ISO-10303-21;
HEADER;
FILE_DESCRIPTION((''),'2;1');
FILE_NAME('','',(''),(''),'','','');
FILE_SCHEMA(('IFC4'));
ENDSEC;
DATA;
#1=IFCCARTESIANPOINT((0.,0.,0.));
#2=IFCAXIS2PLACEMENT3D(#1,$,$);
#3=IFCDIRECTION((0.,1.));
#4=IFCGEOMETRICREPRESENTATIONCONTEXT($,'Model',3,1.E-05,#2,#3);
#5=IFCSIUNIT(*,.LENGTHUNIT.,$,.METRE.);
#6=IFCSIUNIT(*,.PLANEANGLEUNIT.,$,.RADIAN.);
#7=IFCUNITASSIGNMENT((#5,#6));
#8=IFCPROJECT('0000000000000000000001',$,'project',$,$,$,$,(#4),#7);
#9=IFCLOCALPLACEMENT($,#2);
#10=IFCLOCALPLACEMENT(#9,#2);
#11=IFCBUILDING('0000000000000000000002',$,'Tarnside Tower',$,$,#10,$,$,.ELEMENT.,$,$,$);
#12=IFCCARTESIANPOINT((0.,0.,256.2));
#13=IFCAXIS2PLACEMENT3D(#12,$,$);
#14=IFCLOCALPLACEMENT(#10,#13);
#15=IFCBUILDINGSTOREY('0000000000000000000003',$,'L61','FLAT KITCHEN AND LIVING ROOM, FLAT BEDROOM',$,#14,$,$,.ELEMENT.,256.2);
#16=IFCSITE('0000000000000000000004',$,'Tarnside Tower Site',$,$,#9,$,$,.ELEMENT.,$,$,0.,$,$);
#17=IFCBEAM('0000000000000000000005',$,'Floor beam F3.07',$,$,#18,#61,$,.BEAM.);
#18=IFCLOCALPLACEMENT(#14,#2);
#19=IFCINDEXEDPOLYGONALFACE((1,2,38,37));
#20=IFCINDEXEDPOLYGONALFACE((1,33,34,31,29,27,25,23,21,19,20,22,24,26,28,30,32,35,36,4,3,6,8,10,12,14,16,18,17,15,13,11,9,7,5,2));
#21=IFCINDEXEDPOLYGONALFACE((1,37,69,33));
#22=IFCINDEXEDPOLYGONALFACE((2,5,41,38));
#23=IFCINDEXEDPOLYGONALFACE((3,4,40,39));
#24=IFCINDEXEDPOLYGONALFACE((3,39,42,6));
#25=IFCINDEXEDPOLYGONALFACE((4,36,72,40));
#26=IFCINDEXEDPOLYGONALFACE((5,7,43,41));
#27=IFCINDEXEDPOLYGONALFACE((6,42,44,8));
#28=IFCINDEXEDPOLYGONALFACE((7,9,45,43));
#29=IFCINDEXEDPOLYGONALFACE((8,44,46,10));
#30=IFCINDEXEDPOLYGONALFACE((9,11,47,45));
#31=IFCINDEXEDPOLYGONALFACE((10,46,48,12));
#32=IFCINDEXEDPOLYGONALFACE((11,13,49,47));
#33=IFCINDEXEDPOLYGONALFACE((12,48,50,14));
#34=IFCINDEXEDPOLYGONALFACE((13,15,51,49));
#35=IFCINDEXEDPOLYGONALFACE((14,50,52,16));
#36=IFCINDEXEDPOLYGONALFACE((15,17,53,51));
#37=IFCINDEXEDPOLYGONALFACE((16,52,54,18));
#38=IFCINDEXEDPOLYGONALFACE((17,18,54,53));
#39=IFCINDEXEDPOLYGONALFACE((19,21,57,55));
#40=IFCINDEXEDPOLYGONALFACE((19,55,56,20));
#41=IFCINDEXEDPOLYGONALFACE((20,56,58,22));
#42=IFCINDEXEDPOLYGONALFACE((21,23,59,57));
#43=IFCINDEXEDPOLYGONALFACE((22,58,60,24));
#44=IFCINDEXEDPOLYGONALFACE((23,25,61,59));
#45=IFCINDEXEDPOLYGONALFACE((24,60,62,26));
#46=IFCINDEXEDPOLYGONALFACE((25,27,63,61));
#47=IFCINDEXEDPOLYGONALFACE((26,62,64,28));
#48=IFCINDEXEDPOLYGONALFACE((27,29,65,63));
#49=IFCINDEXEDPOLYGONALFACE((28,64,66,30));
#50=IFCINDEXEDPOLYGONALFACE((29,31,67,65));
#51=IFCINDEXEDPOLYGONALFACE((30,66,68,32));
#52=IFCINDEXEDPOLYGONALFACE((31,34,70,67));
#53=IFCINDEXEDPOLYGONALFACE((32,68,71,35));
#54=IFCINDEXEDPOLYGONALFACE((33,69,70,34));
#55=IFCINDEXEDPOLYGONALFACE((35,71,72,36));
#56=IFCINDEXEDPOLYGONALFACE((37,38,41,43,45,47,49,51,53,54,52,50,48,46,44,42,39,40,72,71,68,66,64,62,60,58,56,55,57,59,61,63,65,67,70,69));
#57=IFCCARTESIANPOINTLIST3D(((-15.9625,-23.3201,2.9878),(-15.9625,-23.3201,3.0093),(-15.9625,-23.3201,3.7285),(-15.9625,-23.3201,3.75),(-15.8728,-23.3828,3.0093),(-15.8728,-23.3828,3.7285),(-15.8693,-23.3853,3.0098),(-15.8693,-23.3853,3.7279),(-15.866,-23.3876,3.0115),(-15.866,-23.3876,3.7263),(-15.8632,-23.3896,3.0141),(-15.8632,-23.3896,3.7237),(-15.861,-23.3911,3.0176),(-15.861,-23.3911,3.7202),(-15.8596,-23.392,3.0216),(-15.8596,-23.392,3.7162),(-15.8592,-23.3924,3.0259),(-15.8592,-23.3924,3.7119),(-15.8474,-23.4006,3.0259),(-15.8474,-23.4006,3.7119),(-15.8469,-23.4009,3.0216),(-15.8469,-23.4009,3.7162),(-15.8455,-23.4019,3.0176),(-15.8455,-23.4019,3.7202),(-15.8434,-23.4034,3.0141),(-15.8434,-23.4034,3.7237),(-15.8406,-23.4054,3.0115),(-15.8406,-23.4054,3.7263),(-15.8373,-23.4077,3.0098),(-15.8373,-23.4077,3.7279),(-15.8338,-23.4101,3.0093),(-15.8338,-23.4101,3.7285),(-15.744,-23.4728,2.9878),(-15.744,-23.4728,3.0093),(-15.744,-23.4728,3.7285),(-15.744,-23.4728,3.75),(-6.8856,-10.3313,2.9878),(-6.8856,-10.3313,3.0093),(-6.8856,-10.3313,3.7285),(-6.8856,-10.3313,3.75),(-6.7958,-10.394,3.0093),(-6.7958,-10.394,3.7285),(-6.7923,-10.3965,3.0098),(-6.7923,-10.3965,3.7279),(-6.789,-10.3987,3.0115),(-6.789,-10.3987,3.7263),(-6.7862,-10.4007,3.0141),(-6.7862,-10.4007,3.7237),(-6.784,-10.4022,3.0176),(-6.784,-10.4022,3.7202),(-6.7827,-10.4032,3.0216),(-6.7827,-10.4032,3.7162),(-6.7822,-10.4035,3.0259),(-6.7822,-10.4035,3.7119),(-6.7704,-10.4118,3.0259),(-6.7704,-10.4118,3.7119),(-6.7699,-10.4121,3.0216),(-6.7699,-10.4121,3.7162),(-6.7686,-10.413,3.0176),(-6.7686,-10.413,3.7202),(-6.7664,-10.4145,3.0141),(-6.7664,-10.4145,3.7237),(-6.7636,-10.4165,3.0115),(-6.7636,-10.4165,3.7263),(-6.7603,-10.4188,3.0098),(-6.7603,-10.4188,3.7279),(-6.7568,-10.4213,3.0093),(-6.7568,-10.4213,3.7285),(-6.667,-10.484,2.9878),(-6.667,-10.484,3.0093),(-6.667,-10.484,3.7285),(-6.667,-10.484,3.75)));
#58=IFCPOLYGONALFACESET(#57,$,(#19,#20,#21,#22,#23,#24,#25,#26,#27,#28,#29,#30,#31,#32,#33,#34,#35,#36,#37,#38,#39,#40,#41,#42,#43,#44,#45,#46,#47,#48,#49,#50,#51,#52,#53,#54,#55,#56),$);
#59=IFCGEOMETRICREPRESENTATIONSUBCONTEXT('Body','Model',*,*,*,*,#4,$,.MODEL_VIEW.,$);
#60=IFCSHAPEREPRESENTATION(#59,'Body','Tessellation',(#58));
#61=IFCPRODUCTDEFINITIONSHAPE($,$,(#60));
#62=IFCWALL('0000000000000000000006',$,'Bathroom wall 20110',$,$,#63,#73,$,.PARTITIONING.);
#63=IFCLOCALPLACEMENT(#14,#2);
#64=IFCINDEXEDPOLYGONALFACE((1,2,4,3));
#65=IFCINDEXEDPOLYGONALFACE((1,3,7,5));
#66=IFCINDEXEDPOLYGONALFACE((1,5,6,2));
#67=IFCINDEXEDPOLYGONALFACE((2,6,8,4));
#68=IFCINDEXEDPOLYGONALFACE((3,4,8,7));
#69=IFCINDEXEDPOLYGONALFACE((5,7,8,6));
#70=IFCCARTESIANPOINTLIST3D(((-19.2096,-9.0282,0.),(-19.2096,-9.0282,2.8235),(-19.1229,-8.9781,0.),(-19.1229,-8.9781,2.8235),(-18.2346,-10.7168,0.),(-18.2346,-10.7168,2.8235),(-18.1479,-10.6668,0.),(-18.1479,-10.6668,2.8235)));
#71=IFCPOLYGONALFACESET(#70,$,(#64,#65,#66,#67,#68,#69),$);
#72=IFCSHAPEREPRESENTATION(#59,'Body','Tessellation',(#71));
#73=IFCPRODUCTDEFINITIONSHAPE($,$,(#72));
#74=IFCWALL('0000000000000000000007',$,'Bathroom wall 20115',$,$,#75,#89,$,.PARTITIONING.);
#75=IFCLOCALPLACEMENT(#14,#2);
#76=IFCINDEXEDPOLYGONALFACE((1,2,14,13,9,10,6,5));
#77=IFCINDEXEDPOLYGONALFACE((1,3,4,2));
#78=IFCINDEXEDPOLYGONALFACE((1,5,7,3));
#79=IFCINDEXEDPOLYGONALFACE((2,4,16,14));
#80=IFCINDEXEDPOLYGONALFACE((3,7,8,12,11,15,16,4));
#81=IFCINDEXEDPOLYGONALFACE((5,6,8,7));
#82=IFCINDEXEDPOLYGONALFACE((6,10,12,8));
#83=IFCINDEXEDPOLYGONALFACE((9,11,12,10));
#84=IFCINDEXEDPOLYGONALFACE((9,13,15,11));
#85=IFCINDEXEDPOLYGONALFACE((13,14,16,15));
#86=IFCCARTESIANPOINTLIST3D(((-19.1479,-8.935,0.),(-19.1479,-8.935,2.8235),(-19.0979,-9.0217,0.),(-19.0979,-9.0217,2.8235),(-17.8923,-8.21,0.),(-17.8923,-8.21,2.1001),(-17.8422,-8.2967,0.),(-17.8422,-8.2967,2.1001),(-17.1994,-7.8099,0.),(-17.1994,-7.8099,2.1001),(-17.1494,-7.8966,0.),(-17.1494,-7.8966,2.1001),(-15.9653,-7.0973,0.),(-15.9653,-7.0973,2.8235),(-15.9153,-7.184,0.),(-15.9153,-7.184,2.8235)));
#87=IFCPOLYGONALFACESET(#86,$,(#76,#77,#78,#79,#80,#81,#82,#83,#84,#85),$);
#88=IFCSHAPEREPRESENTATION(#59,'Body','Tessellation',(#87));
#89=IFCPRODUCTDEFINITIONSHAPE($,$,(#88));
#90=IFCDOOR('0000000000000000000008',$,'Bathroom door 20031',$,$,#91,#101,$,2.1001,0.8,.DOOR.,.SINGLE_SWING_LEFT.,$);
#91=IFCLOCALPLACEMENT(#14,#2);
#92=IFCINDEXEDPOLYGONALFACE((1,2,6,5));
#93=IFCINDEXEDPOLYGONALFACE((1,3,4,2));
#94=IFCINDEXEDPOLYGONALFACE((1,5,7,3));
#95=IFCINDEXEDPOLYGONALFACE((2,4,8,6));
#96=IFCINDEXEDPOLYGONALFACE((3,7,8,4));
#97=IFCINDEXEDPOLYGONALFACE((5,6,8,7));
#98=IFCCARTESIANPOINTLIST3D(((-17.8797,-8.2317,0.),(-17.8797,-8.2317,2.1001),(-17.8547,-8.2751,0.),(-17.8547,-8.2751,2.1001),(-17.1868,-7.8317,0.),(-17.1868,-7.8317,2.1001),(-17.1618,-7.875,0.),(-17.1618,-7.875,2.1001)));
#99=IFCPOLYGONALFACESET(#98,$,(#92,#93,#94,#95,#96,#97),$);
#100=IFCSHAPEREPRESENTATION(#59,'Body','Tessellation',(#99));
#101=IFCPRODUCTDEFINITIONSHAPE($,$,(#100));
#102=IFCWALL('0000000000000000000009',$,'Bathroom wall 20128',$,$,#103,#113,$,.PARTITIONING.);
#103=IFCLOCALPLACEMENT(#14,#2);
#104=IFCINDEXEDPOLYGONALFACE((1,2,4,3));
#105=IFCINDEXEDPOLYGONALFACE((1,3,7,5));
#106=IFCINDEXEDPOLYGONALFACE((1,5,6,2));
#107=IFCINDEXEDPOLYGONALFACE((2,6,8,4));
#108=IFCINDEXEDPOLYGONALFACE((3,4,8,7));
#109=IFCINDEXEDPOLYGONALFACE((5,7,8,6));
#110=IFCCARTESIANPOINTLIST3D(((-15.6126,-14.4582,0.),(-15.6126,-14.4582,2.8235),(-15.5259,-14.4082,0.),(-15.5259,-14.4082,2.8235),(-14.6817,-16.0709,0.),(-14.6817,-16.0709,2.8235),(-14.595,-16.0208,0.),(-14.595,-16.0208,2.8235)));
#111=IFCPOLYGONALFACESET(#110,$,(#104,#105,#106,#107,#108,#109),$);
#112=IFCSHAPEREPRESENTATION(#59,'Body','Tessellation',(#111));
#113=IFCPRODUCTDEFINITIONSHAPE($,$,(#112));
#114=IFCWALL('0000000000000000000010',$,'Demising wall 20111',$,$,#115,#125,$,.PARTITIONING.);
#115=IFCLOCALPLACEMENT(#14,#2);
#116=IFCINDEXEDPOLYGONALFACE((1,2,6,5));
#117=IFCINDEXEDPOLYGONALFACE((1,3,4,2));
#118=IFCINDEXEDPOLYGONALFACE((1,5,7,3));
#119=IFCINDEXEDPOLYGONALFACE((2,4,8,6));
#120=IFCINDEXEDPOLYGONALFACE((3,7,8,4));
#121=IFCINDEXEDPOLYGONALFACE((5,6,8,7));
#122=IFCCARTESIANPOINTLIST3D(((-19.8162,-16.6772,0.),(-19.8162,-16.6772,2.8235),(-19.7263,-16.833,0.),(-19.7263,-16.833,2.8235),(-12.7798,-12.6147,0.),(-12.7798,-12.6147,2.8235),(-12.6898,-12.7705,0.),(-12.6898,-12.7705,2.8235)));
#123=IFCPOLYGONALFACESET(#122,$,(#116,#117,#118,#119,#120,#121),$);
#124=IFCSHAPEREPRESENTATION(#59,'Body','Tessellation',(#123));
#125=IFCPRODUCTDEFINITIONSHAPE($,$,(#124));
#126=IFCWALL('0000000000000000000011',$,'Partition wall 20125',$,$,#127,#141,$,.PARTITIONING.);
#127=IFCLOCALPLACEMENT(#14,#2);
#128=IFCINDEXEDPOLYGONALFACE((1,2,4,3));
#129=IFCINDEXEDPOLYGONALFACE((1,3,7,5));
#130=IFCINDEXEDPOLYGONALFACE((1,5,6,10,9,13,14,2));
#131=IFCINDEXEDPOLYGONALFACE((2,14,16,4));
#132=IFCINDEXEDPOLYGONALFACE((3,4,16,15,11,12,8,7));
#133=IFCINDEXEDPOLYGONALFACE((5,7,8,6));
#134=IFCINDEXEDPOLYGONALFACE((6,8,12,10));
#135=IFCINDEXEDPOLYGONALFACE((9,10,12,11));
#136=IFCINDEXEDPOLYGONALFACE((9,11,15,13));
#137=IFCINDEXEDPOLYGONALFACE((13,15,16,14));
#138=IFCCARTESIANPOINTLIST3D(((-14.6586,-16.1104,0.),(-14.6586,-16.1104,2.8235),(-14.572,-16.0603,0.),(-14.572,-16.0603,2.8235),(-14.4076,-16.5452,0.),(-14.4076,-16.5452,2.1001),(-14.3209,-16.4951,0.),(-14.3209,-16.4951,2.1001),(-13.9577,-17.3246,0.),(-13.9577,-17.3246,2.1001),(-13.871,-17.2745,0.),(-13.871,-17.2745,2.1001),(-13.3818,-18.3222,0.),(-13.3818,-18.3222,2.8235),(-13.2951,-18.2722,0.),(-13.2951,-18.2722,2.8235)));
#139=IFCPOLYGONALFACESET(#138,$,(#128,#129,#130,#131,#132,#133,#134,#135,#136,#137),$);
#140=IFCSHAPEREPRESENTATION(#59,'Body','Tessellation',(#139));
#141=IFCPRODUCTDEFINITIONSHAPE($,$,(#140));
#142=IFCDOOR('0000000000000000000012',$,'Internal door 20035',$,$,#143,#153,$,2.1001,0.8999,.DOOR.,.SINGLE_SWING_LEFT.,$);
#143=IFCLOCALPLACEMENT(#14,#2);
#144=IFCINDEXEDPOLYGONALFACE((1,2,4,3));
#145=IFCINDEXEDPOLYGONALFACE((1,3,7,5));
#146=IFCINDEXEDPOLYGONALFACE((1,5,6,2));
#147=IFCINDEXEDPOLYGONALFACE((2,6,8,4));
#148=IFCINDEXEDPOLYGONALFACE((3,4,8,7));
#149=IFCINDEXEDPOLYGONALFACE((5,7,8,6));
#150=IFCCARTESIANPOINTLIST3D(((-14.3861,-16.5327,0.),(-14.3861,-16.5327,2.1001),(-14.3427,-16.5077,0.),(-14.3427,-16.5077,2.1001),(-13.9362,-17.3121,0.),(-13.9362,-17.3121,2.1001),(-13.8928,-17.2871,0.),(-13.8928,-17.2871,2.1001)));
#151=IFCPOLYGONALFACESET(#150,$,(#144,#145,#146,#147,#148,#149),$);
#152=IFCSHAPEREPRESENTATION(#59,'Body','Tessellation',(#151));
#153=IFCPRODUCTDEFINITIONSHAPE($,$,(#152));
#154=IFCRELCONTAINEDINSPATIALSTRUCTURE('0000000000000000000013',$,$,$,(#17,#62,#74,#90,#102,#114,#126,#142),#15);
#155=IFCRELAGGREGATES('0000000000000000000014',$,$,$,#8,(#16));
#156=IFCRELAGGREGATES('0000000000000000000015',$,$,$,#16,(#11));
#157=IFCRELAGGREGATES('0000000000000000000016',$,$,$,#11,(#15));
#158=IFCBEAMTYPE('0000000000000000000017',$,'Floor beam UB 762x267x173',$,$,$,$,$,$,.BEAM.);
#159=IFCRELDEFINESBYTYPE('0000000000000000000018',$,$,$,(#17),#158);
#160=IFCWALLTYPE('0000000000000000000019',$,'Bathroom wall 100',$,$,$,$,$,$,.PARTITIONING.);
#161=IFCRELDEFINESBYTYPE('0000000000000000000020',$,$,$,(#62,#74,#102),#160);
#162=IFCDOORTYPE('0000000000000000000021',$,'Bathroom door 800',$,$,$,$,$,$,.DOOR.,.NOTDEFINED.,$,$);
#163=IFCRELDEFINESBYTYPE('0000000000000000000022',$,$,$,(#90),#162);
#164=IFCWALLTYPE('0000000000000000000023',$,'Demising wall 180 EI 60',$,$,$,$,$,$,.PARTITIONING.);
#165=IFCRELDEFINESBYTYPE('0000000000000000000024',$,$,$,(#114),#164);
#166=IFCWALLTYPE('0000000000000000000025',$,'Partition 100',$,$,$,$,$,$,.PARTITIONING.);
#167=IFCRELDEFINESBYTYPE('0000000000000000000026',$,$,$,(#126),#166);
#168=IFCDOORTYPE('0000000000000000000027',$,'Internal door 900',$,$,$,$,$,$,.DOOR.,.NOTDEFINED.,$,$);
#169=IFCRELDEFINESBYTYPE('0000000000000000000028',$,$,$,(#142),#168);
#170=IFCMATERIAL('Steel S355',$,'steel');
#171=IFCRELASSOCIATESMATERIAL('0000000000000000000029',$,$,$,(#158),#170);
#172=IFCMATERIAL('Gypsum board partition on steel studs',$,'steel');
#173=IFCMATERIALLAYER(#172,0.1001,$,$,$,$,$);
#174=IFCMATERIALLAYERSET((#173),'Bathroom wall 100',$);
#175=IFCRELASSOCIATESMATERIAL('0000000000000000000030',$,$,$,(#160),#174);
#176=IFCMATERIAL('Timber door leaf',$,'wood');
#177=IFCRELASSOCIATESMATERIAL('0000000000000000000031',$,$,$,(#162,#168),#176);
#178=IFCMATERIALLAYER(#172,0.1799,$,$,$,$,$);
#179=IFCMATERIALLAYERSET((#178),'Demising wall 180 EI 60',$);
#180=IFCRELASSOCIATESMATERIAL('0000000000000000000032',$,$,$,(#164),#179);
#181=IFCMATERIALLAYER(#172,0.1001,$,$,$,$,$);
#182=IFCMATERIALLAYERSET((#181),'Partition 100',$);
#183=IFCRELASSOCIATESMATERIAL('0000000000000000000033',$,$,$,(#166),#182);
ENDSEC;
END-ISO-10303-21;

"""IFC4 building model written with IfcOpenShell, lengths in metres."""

from ifc_helpers import new_model, si_unit, direction, frame, frame_2d, origin, origin_2d, place, context, subcontext, project, spatial, rectangle, i_section, extrude, material, layer, layer_set, material_profile, profile_set, type_object, element, fill, save


model = new_model("IFC4")

# Units and contexts
model_context = context("Model", 3, precision=1e-05, world=origin(), true_north=direction((0.0, 1.0)))
body_context = subcontext(model_context, "Body", "Model", "MODEL_VIEW")
ifc_project = project(units=[si_unit("LENGTHUNIT", "METRE"), si_unit("PLANEANGLEUNIT", "RADIAN")], contexts=[model_context])

# Site, building, storey
site_placement = place(None, origin())
site = spatial("IfcSite", under=ifc_project, at=site_placement, Name="Tarnside Tower Site", CompositionType="ELEMENT", RefElevation=0.0)
building_placement = place(site_placement, origin())
building = spatial("IfcBuilding", under=site, at=building_placement, Name="Tarnside Tower", CompositionType="ELEMENT")
storey_placement = place(building_placement, frame((0.0, 0.0, 256.2)))
storey = spatial("IfcBuildingStorey", under=building, at=storey_placement, Name="L61", Description="FLAT KITCHEN AND LIVING ROOM, FLAT BEDROOM", CompositionType="ELEMENT", Elevation=256.2)

# Beam
ifc_material_1 = material(Name="Steel S355", Category="steel")
ifc_material_profile_1 = material_profile(ifc_material_1, i_section(OverallWidth=0.2666, OverallDepth=0.7622, WebThickness=0.0144, FlangeThickness=0.0215, FilletRadius=0.0166, at=origin_2d()), Name="UB 762x267x173")
ifc_profile_set_1 = profile_set([ifc_material_profile_1], Name="Steel S355")
beam_type_1 = type_object("IfcBeamType", Name="Floor beam UB 762x267x173", PredefinedType="BEAM", material=ifc_profile_set_1)
beam_1_placement = place(storey_placement, frame((-15.8533, -23.3965, 3.3689), z_axis=(0.572817, 0.819683, 0.0), x_axis=(-0.819683, 0.572817, 0.0)))
element("IfcBeam", 1, at=beam_1_placement, inside=storey, type_object=beam_type_1, Name="Floor beam F3.07", PredefinedType="BEAM", context=body_context, shape_type="SweptSolid", body=[
    extrude(i_section(OverallWidth=0.2666, OverallDepth=0.7622, WebThickness=0.0144, FlangeThickness=0.0215, FilletRadius=0.0166, at=origin_2d()), origin(), (0.0, 0.0, 1.0), 15.8462),
])

# Wall
ifc_material_2 = material(Name="Gypsum board partition on steel studs", Category="steel")
ifc_layer_1 = layer(ifc_material_2, 0.1001)
ifc_layer_set_1 = layer_set([ifc_layer_1], Name="Bathroom wall 100")
wall_type_1 = type_object("IfcWallType", Name="Bathroom wall 100", PredefinedType="PARTITIONING", material=ifc_layer_set_1)
wall_1_placement = place(storey_placement, frame((-18.1912, -10.6919, 0.0), z_axis=(0.0, 0.0, 1.0), x_axis=(-0.500044, 0.866, 0.0)))
element("IfcWall", 2, at=wall_1_placement, inside=storey, type_object=wall_type_1, Name="Bathroom wall 20110", PredefinedType="PARTITIONING", context=body_context, shape_type="SweptSolid", body=[
    extrude(rectangle(XDim=1.95, YDim=0.1001, at=frame_2d((0.9751, 0.0))), origin(), (0.0, 0.0, 1.0), 2.8235),
])

# Wall, opening, door
wall_2_placement = place(storey_placement, frame((-19.1228, -8.9783, 0.0), z_axis=(0.0, 0.0, 1.0), x_axis=(0.866006, 0.500033, 0.0)))
wall_2 = element("IfcWall", 3, at=wall_2_placement, inside=storey, type_object=wall_type_1, Name="Bathroom wall 20115", PredefinedType="PARTITIONING", context=body_context, shape_type="SweptSolid", body=[
    extrude(rectangle(XDim=3.675, YDim=0.1001, at=frame_2d((1.8374, 0.0))), origin(), (0.0, 0.0, 1.0), 2.8235),
])
opening_1_placement = place(wall_2_placement, frame((1.45, 0.0, 0.0)))
opening_1 = element("IfcOpeningElement", 4, at=opening_1_placement, cuts=wall_2, PredefinedType="OPENING", context=body_context, shape_type="SweptSolid", body=[
    extrude(rectangle(XDim=0.8, YDim=2.1001, at=frame_2d((0.3999, 1.05))), frame((0.0, 0.0601, 0.0), z_axis=(0.0, -1.0, 0.0), x_axis=(1.0, 0.0, 0.0)), (0.0, 0.0, 1.0), 0.1201),
])
ifc_material_3 = material(Name="Timber door leaf", Category="wood")
door_type_1 = type_object("IfcDoorType", Name="Bathroom door 800", OperationType="NOTDEFINED", PredefinedType="DOOR", material=ifc_material_3)
door_1_placement = place(opening_1_placement, origin())
door_1 = element("IfcDoor", 5, at=door_1_placement, inside=storey, type_object=door_type_1, Name="Bathroom door 20031", OperationType="SINGLE_SWING_LEFT", OverallHeight=2.1001, OverallWidth=0.8, PredefinedType="DOOR", context=body_context, shape_type="SweptSolid", body=[
    extrude(rectangle(XDim=0.8, YDim=2.1001, at=frame_2d((0.3999, 1.05))), frame((0.0, 0.0249, 0.0), z_axis=(0.0, -1.0, 0.0), x_axis=(1.0, 0.0, 0.0)), (0.0, 0.0, 1.0), 0.05),
])
fill(opening_1, door_1)

# Walls
wall_3_placement = place(storey_placement, frame((-15.5693, -14.4331, 0.0), z_axis=(0.0, 0.0, 1.0), x_axis=(0.499961, -0.866048, 0.0)))
element("IfcWall", 6, at=wall_3_placement, inside=storey, type_object=wall_type_1, Name="Bathroom wall 20128", PredefinedType="PARTITIONING", context=body_context, shape_type="SweptSolid", body=[
    extrude(rectangle(XDim=1.8621, YDim=0.1001, at=frame_2d((0.9312, 0.0))), origin(), (0.0, 0.0, 1.0), 2.8235),
])
ifc_layer_2 = layer(ifc_material_2, 0.1799)
ifc_layer_set_2 = layer_set([ifc_layer_2], Name="Demising wall 180 EI 60")
wall_type_2 = type_object("IfcWallType", Name="Demising wall 180 EI 60", PredefinedType="PARTITIONING", material=ifc_layer_set_2)
wall_4_placement = place(storey_placement, frame((-19.7712, -16.7551, 0.0), z_axis=(0.0, 0.0, 1.0), x_axis=(0.866023, 0.500004, 0.0)))
element("IfcWall", 7, at=wall_4_placement, inside=storey, type_object=wall_type_2, Name="Demising wall 20111", PredefinedType="PARTITIONING", context=body_context, shape_type="SweptSolid", body=[
    extrude(rectangle(XDim=8.125, YDim=0.1799, at=frame_2d((4.0625, 0.0))), origin(), (0.0, 0.0, 1.0), 2.8235),
])

# Wall, opening, door
ifc_layer_3 = layer(ifc_material_2, 0.1001)
ifc_layer_set_3 = layer_set([ifc_layer_3], Name="Partition 100")
wall_type_3 = type_object("IfcWallType", Name="Partition 100", PredefinedType="PARTITIONING", material=ifc_layer_set_3)
wall_5_placement = place(storey_placement, frame((-14.6152, -16.0854, 0.0), z_axis=(0.0, 0.0, 1.0), x_axis=(0.499943, -0.866058, 0.0)))
wall_5 = element("IfcWall", 8, at=wall_5_placement, inside=storey, type_object=wall_type_3, Name="Partition wall 20125", PredefinedType="PARTITIONING", context=body_context, shape_type="SweptSolid", body=[
    extrude(rectangle(XDim=2.554, YDim=0.1001, at=frame_2d((1.2769, 0.0))), origin(), (0.0, 0.0, 1.0), 2.8235),
])
opening_2_placement = place(wall_5_placement, frame((0.502, 0.0, 0.0)))
opening_2 = element("IfcOpeningElement", 9, at=opening_2_placement, cuts=wall_5, PredefinedType="OPENING", context=body_context, shape_type="SweptSolid", body=[
    extrude(rectangle(XDim=0.8999, YDim=2.1001, at=frame_2d((0.45, 1.05))), frame((0.0, 0.0601, 0.0), z_axis=(0.0, -1.0, 0.0), x_axis=(1.0, 0.0, 0.0)), (0.0, 0.0, 1.0), 0.1201),
])
door_type_2 = type_object("IfcDoorType", Name="Internal door 900", OperationType="NOTDEFINED", PredefinedType="DOOR", material=ifc_material_3)
door_2_placement = place(opening_2_placement, origin())
door_2 = element("IfcDoor", 10, at=door_2_placement, inside=storey, type_object=door_type_2, Name="Internal door 20035", OperationType="SINGLE_SWING_LEFT", OverallHeight=2.1001, OverallWidth=0.8999, PredefinedType="DOOR", context=body_context, shape_type="SweptSolid", body=[
    extrude(rectangle(XDim=0.8999, YDim=2.1001, at=frame_2d((0.45, 1.05))), frame((0.0, 0.0249, 0.0), z_axis=(0.0, -1.0, 0.0), x_axis=(1.0, 0.0, 0.0)), (0.0, 0.0, 1.0), 0.05),
])
fill(opening_2, door_2)

save(model, "model.ifc")
